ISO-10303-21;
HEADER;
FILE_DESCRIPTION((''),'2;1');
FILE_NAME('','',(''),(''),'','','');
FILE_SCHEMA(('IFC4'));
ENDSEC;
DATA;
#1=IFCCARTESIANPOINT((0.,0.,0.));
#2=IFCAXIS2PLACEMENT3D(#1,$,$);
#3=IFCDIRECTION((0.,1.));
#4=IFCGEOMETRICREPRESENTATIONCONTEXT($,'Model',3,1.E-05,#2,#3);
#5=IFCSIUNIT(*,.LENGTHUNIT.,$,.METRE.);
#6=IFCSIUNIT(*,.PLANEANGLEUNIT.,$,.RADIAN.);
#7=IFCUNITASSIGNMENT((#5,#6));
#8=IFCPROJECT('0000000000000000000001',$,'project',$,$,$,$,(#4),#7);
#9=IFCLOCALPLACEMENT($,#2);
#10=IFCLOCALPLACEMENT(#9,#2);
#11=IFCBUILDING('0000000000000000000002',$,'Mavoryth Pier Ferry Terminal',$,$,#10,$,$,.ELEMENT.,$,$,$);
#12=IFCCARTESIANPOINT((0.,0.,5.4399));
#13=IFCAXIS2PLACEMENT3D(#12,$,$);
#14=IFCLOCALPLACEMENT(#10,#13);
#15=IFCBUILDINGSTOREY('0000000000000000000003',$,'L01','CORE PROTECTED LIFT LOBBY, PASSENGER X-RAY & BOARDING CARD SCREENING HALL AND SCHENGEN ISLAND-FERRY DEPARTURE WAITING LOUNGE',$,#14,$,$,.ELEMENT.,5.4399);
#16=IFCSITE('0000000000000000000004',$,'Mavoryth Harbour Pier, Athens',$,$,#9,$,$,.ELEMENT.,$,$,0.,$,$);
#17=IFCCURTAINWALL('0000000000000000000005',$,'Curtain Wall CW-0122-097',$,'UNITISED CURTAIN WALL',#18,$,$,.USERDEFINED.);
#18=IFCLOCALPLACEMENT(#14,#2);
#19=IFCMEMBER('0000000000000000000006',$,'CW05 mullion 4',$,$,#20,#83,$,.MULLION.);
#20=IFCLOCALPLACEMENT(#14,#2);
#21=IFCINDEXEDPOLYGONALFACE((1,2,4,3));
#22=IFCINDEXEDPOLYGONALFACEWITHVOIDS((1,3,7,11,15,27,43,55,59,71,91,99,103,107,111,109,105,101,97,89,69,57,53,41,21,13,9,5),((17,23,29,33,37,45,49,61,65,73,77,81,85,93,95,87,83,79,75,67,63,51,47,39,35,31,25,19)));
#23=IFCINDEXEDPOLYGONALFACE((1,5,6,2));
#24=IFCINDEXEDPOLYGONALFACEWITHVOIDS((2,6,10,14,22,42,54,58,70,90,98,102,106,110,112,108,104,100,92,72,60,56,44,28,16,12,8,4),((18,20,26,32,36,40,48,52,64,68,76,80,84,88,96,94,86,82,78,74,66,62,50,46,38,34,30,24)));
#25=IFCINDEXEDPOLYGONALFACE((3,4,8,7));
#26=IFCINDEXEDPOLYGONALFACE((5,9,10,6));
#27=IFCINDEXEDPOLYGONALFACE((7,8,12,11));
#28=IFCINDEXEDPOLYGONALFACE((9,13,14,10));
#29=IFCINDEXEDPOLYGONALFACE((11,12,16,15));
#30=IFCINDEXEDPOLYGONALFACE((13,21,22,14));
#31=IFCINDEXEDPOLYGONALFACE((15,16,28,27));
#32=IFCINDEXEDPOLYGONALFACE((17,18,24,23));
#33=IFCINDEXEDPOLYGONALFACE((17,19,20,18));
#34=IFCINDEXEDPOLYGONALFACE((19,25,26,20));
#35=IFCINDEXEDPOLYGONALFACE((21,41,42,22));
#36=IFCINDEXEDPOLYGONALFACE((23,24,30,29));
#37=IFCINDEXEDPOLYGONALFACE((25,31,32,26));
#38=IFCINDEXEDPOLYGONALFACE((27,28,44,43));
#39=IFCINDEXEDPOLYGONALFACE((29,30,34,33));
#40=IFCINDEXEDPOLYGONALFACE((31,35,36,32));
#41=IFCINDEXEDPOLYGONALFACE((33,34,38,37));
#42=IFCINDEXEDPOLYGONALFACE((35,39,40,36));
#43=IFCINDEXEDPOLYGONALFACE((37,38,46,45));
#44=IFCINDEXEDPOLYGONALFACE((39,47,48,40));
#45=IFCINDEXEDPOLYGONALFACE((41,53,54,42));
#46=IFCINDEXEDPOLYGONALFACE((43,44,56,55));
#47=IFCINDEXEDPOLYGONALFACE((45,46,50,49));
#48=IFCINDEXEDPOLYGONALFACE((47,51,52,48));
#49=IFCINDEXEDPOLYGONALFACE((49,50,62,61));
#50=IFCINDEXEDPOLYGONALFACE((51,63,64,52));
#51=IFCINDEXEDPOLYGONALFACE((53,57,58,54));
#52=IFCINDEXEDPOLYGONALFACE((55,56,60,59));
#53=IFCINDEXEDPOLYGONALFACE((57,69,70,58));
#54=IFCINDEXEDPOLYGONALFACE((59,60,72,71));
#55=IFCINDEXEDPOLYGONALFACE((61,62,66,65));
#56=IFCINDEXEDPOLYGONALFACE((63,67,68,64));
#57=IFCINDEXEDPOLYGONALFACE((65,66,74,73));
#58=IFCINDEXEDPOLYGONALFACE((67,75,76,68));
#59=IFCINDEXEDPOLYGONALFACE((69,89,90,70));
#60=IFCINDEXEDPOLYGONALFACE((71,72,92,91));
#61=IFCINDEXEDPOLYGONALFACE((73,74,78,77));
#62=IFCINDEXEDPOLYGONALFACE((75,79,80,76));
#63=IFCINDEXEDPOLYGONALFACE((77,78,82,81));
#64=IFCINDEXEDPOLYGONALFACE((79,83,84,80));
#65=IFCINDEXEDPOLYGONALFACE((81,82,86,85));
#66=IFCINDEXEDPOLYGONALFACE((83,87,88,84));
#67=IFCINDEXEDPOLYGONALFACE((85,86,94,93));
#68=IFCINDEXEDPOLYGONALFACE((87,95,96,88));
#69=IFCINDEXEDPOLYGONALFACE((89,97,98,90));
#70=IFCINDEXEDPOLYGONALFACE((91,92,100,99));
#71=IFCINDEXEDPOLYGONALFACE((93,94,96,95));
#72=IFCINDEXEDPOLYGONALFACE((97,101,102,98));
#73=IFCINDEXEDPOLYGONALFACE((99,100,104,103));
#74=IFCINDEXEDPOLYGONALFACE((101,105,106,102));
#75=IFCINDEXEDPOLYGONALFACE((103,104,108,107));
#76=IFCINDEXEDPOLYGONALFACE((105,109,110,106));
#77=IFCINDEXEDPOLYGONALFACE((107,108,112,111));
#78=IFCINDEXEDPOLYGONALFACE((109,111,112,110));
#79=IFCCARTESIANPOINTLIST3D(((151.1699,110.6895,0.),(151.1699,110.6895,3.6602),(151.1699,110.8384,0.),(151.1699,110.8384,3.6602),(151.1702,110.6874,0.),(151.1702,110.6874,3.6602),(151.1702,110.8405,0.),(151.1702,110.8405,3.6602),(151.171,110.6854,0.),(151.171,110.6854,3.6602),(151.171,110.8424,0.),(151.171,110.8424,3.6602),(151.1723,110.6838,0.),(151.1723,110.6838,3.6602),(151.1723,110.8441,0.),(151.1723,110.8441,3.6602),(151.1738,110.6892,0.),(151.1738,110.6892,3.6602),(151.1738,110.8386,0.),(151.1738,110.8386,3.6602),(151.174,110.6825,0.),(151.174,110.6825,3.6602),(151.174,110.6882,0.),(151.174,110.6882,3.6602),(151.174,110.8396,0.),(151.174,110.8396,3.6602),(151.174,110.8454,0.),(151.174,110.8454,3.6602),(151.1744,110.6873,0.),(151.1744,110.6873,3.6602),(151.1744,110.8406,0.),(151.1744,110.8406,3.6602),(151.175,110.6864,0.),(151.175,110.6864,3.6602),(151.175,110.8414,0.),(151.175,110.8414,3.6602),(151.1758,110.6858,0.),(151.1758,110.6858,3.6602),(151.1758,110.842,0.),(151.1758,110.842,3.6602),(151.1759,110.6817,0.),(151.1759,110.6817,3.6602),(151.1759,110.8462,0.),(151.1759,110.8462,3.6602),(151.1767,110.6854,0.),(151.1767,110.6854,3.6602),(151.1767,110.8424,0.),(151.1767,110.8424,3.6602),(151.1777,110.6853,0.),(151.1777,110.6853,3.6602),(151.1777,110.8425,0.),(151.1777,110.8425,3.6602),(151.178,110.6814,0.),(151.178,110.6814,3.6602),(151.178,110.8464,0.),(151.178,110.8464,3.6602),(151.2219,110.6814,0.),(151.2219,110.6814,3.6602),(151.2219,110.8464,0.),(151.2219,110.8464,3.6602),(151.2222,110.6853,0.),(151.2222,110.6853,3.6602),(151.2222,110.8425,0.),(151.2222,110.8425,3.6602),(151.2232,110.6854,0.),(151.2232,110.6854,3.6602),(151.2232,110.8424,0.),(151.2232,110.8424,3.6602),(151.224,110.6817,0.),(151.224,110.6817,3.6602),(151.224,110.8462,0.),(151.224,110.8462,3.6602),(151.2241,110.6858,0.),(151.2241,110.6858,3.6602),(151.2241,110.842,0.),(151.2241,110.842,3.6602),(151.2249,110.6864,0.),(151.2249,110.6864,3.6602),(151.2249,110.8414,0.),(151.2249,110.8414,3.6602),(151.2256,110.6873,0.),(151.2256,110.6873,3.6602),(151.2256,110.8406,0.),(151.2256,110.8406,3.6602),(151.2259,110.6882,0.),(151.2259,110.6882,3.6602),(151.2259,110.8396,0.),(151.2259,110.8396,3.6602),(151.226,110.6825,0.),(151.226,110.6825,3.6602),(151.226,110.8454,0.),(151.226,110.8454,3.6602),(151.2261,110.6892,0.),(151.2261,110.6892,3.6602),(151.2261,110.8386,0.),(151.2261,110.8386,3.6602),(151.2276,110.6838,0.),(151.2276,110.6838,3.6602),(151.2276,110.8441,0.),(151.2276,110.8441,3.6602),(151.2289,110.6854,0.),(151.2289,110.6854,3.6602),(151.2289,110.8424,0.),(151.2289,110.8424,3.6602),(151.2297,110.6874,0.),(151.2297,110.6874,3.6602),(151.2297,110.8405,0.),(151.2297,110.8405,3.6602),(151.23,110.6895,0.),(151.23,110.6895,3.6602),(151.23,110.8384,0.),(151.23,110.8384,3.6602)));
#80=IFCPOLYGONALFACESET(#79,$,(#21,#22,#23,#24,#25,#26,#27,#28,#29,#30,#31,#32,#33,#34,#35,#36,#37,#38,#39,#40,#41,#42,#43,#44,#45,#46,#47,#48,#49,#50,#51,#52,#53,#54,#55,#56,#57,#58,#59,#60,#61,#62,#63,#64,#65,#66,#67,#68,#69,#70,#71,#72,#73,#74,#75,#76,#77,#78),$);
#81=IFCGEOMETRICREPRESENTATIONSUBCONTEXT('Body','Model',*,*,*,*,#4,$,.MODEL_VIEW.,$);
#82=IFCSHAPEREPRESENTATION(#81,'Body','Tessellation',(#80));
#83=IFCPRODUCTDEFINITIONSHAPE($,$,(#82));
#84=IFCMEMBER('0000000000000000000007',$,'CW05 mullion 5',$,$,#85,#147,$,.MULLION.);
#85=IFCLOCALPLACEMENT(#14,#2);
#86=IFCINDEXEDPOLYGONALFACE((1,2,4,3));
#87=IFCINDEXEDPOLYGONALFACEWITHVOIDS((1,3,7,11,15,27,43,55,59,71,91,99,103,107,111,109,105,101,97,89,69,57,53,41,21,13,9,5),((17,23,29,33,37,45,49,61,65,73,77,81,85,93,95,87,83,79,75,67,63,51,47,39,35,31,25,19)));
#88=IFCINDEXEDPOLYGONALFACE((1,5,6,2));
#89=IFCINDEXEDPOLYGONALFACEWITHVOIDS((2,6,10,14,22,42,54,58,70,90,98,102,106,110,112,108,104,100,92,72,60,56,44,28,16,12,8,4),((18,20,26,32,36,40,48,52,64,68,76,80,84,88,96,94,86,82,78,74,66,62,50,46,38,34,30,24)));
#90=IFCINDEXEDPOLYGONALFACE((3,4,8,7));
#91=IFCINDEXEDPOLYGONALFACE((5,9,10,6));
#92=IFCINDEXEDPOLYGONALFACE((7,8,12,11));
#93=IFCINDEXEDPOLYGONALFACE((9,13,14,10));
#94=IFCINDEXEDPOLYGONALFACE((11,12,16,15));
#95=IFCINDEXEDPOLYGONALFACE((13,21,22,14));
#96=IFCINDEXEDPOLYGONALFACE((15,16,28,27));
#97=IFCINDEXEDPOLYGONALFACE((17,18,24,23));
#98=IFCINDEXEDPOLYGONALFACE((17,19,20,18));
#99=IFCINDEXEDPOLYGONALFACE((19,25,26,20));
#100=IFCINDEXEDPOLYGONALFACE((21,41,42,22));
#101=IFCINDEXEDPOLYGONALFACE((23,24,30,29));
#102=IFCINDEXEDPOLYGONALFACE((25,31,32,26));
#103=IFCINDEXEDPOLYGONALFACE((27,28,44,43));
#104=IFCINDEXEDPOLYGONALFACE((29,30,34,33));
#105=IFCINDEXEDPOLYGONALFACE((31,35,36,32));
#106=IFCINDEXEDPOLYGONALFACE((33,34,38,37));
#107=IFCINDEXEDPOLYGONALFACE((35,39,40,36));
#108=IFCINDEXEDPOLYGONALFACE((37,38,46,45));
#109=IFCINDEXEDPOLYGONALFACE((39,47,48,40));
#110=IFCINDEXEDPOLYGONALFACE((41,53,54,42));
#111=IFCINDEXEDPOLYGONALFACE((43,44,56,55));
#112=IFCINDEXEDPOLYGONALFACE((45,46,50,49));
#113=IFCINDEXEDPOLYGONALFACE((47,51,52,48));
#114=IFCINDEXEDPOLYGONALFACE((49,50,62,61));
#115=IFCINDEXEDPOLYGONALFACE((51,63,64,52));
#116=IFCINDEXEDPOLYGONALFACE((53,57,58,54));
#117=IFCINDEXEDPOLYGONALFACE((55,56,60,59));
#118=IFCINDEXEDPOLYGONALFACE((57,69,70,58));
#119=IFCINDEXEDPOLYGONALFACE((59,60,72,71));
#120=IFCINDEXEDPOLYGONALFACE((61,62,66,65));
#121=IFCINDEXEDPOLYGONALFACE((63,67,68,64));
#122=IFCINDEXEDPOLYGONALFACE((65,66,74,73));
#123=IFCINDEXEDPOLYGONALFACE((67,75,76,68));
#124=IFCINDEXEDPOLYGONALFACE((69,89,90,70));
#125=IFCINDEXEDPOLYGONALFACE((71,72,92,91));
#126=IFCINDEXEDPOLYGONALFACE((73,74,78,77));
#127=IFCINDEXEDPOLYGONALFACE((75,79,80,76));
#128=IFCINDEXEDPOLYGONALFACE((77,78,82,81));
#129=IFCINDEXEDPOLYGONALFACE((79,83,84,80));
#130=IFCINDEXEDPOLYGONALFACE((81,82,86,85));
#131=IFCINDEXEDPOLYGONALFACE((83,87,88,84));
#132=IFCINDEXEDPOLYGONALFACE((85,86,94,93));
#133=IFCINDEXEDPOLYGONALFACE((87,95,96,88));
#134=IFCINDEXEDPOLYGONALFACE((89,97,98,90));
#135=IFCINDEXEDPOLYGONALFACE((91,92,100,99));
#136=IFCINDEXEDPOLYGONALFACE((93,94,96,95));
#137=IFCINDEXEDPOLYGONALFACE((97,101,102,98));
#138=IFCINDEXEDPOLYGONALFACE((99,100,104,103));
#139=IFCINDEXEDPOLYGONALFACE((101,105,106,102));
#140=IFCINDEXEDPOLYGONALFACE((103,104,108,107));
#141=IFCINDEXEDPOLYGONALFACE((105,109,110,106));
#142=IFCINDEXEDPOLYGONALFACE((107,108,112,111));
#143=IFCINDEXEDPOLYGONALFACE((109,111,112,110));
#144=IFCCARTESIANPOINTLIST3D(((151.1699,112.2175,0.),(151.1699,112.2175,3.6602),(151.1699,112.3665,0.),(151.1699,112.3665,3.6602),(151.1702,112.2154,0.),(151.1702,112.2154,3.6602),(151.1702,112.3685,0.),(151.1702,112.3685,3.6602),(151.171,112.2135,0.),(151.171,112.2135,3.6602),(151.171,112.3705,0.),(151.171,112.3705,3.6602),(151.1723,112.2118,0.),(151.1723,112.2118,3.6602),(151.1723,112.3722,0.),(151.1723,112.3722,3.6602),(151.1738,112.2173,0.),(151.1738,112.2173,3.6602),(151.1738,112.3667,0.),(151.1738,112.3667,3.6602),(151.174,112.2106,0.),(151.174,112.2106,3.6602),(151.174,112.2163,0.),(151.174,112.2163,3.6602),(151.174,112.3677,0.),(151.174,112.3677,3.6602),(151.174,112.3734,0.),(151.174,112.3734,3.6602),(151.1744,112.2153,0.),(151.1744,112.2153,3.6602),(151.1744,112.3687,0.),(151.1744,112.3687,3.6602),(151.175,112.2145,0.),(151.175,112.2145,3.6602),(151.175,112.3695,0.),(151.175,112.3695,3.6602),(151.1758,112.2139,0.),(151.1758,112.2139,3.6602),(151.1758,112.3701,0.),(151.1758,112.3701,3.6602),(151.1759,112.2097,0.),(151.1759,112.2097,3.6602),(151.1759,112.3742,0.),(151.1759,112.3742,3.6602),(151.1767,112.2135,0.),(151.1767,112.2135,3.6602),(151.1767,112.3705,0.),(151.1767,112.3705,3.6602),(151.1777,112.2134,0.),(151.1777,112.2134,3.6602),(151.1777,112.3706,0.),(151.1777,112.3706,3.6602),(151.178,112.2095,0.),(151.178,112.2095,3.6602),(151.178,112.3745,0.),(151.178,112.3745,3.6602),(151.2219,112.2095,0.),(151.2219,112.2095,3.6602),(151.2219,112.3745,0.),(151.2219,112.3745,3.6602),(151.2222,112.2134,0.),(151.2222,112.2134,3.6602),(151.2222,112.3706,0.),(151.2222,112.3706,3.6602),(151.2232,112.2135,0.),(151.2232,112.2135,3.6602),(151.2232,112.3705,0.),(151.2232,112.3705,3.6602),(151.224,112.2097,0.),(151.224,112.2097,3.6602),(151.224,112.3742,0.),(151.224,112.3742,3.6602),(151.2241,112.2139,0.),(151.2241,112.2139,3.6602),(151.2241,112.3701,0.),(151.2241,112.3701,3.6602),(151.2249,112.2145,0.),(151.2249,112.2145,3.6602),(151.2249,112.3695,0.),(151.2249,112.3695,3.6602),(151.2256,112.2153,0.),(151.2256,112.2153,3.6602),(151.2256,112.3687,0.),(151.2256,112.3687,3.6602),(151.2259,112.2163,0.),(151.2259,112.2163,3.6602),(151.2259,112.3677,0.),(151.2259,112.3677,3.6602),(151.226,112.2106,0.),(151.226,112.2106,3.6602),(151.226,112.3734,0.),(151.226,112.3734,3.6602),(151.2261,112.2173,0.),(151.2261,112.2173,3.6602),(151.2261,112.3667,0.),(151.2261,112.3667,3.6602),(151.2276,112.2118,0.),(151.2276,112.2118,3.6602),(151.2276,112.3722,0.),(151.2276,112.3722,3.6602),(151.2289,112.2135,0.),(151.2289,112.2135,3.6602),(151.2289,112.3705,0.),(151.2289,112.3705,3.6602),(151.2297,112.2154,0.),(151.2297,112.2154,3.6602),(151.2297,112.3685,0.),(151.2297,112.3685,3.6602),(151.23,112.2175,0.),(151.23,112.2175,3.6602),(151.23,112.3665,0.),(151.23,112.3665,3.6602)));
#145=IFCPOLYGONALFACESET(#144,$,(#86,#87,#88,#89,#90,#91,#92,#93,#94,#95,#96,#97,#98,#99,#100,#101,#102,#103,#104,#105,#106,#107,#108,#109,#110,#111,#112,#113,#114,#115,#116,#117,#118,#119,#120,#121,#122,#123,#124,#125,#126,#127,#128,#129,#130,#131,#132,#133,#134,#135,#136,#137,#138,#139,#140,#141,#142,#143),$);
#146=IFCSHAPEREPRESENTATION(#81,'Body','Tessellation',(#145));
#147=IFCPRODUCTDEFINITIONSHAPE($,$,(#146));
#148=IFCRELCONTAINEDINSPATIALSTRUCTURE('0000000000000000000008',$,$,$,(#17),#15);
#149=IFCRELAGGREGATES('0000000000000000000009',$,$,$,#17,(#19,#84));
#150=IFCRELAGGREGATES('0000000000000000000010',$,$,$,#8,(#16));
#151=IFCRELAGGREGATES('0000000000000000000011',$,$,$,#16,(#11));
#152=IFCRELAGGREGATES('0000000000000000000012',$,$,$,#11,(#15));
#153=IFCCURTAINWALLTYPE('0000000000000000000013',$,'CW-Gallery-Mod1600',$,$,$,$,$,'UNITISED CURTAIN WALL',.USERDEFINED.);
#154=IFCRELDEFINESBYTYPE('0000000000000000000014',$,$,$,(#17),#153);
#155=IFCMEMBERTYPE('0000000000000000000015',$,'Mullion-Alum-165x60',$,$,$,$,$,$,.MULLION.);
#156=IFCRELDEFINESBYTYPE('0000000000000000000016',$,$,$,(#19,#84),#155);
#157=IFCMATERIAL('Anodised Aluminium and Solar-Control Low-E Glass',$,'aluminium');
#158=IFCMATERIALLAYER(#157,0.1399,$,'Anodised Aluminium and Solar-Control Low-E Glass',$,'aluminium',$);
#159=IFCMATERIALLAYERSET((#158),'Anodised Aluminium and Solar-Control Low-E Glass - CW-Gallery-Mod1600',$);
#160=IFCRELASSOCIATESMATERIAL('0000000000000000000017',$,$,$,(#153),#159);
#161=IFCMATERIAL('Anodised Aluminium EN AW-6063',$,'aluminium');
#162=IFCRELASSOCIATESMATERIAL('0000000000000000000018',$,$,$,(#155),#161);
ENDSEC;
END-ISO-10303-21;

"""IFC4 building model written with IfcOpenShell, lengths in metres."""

from ifc_helpers import new_model, si_unit, direction, frame, origin, origin_2d, place, context, subcontext, project, spatial, hollow_rectangle, extrude, material, layer, layer_set, material_profile, profile_set, type_object, element, aggregate, save


model = new_model("IFC4")

# Units and contexts
model_context = context("Model", 3, precision=1e-05, world=origin(), true_north=direction((0.0, 1.0)))
body_context = subcontext(model_context, "Body", "Model", "MODEL_VIEW")
ifc_project = project(units=[si_unit("LENGTHUNIT", "METRE"), si_unit("PLANEANGLEUNIT", "RADIAN")], contexts=[model_context])

# Site, building, storey
site_placement = place(None, origin())
site = spatial("IfcSite", under=ifc_project, at=site_placement, Name="Mavoryth Harbour Pier, Athens", CompositionType="ELEMENT", RefElevation=0.0)
building_placement = place(site_placement, origin())
building = spatial("IfcBuilding", under=site, at=building_placement, Name="Mavoryth Pier Ferry Terminal", CompositionType="ELEMENT")
storey_placement = place(building_placement, frame((0.0, 0.0, 5.4399)))
storey = spatial("IfcBuildingStorey", under=building, at=storey_placement, Name="L01", Description="CORE PROTECTED LIFT LOBBY, PASSENGER X-RAY & BOARDING CARD SCREENING HALL AND SCHENGEN ISLAND-FERRY DEPARTURE WAITING LOUNGE", CompositionType="ELEMENT", Elevation=5.4399)

# Curtain wall, members
ifc_material_1 = material(Name="Anodised Aluminium and Solar-Control Low-E Glass", Category="aluminium")
ifc_layer_1 = layer(ifc_material_1, 0.1399, Name="Anodised Aluminium and Solar-Control Low-E Glass", Category="aluminium")
ifc_layer_set_1 = layer_set([ifc_layer_1], Name="Anodised Aluminium and Solar-Control Low-E Glass - CW-Gallery-Mod1600")
curtain_wall_type = type_object("IfcCurtainWallType", Name="CW-Gallery-Mod1600", ElementType="UNITISED CURTAIN WALL", PredefinedType="USERDEFINED", material=ifc_layer_set_1)
ifc_material_2 = material(Name="Anodised Aluminium EN AW-6063", Category="aluminium")
ifc_material_profile_1 = material_profile(ifc_material_2, hollow_rectangle(XDim=0.0601, YDim=0.165, WallThickness=0.0039, InnerFilletRadius=0.0039, OuterFilletRadius=0.0081, at=origin_2d()), Name="AL-MULL 165x60x4", Category="aluminium")
ifc_profile_set_1 = profile_set([ifc_material_profile_1], Name="Anodised Aluminium EN AW-6063 - AL-MULL 165x60x4")
member_type_1 = type_object("IfcMemberType", Name="Mullion-Alum-165x60", PredefinedType="MULLION", material=ifc_profile_set_1)
curtain_wall_1_placement = place(storey_placement, origin())
curtain_wall_1 = element("IfcCurtainWall", 1, at=curtain_wall_1_placement, inside=storey, type_object=curtain_wall_type, Name="Curtain Wall CW-0122-097", ObjectType="UNITISED CURTAIN WALL", PredefinedType="USERDEFINED")
member_1_placement = place(storey_placement, frame((151.2, 110.7639, 0.0), z_axis=(0.0, 0.0, 1.0), x_axis=(-1.0, 0.0, 0.0)))
member_1 = element("IfcMember", 2, at=member_1_placement, type_object=member_type_1, Name="CW05 mullion 4", PredefinedType="MULLION", context=body_context, shape_type="SweptSolid", body=[
    extrude(hollow_rectangle(XDim=0.0601, YDim=0.165, WallThickness=0.0039, InnerFilletRadius=0.0039, OuterFilletRadius=0.0081, at=origin_2d()), origin(), (0.0, 0.0, 1.0), 3.6602),
])
member_2_placement = place(storey_placement, frame((151.2, 112.292, 0.0), z_axis=(0.0, 0.0, 1.0), x_axis=(-1.0, 0.0, 0.0)))
member_2 = element("IfcMember", 3, at=member_2_placement, type_object=member_type_1, Name="CW05 mullion 5", PredefinedType="MULLION", context=body_context, shape_type="SweptSolid", body=[
    extrude(hollow_rectangle(XDim=0.0601, YDim=0.165, WallThickness=0.0039, InnerFilletRadius=0.0039, OuterFilletRadius=0.0081, at=origin_2d()), origin(), (0.0, 0.0, 1.0), 3.6602),
])

aggregate(curtain_wall_1, [member_1, member_2])

save(model, "model.ifc")
